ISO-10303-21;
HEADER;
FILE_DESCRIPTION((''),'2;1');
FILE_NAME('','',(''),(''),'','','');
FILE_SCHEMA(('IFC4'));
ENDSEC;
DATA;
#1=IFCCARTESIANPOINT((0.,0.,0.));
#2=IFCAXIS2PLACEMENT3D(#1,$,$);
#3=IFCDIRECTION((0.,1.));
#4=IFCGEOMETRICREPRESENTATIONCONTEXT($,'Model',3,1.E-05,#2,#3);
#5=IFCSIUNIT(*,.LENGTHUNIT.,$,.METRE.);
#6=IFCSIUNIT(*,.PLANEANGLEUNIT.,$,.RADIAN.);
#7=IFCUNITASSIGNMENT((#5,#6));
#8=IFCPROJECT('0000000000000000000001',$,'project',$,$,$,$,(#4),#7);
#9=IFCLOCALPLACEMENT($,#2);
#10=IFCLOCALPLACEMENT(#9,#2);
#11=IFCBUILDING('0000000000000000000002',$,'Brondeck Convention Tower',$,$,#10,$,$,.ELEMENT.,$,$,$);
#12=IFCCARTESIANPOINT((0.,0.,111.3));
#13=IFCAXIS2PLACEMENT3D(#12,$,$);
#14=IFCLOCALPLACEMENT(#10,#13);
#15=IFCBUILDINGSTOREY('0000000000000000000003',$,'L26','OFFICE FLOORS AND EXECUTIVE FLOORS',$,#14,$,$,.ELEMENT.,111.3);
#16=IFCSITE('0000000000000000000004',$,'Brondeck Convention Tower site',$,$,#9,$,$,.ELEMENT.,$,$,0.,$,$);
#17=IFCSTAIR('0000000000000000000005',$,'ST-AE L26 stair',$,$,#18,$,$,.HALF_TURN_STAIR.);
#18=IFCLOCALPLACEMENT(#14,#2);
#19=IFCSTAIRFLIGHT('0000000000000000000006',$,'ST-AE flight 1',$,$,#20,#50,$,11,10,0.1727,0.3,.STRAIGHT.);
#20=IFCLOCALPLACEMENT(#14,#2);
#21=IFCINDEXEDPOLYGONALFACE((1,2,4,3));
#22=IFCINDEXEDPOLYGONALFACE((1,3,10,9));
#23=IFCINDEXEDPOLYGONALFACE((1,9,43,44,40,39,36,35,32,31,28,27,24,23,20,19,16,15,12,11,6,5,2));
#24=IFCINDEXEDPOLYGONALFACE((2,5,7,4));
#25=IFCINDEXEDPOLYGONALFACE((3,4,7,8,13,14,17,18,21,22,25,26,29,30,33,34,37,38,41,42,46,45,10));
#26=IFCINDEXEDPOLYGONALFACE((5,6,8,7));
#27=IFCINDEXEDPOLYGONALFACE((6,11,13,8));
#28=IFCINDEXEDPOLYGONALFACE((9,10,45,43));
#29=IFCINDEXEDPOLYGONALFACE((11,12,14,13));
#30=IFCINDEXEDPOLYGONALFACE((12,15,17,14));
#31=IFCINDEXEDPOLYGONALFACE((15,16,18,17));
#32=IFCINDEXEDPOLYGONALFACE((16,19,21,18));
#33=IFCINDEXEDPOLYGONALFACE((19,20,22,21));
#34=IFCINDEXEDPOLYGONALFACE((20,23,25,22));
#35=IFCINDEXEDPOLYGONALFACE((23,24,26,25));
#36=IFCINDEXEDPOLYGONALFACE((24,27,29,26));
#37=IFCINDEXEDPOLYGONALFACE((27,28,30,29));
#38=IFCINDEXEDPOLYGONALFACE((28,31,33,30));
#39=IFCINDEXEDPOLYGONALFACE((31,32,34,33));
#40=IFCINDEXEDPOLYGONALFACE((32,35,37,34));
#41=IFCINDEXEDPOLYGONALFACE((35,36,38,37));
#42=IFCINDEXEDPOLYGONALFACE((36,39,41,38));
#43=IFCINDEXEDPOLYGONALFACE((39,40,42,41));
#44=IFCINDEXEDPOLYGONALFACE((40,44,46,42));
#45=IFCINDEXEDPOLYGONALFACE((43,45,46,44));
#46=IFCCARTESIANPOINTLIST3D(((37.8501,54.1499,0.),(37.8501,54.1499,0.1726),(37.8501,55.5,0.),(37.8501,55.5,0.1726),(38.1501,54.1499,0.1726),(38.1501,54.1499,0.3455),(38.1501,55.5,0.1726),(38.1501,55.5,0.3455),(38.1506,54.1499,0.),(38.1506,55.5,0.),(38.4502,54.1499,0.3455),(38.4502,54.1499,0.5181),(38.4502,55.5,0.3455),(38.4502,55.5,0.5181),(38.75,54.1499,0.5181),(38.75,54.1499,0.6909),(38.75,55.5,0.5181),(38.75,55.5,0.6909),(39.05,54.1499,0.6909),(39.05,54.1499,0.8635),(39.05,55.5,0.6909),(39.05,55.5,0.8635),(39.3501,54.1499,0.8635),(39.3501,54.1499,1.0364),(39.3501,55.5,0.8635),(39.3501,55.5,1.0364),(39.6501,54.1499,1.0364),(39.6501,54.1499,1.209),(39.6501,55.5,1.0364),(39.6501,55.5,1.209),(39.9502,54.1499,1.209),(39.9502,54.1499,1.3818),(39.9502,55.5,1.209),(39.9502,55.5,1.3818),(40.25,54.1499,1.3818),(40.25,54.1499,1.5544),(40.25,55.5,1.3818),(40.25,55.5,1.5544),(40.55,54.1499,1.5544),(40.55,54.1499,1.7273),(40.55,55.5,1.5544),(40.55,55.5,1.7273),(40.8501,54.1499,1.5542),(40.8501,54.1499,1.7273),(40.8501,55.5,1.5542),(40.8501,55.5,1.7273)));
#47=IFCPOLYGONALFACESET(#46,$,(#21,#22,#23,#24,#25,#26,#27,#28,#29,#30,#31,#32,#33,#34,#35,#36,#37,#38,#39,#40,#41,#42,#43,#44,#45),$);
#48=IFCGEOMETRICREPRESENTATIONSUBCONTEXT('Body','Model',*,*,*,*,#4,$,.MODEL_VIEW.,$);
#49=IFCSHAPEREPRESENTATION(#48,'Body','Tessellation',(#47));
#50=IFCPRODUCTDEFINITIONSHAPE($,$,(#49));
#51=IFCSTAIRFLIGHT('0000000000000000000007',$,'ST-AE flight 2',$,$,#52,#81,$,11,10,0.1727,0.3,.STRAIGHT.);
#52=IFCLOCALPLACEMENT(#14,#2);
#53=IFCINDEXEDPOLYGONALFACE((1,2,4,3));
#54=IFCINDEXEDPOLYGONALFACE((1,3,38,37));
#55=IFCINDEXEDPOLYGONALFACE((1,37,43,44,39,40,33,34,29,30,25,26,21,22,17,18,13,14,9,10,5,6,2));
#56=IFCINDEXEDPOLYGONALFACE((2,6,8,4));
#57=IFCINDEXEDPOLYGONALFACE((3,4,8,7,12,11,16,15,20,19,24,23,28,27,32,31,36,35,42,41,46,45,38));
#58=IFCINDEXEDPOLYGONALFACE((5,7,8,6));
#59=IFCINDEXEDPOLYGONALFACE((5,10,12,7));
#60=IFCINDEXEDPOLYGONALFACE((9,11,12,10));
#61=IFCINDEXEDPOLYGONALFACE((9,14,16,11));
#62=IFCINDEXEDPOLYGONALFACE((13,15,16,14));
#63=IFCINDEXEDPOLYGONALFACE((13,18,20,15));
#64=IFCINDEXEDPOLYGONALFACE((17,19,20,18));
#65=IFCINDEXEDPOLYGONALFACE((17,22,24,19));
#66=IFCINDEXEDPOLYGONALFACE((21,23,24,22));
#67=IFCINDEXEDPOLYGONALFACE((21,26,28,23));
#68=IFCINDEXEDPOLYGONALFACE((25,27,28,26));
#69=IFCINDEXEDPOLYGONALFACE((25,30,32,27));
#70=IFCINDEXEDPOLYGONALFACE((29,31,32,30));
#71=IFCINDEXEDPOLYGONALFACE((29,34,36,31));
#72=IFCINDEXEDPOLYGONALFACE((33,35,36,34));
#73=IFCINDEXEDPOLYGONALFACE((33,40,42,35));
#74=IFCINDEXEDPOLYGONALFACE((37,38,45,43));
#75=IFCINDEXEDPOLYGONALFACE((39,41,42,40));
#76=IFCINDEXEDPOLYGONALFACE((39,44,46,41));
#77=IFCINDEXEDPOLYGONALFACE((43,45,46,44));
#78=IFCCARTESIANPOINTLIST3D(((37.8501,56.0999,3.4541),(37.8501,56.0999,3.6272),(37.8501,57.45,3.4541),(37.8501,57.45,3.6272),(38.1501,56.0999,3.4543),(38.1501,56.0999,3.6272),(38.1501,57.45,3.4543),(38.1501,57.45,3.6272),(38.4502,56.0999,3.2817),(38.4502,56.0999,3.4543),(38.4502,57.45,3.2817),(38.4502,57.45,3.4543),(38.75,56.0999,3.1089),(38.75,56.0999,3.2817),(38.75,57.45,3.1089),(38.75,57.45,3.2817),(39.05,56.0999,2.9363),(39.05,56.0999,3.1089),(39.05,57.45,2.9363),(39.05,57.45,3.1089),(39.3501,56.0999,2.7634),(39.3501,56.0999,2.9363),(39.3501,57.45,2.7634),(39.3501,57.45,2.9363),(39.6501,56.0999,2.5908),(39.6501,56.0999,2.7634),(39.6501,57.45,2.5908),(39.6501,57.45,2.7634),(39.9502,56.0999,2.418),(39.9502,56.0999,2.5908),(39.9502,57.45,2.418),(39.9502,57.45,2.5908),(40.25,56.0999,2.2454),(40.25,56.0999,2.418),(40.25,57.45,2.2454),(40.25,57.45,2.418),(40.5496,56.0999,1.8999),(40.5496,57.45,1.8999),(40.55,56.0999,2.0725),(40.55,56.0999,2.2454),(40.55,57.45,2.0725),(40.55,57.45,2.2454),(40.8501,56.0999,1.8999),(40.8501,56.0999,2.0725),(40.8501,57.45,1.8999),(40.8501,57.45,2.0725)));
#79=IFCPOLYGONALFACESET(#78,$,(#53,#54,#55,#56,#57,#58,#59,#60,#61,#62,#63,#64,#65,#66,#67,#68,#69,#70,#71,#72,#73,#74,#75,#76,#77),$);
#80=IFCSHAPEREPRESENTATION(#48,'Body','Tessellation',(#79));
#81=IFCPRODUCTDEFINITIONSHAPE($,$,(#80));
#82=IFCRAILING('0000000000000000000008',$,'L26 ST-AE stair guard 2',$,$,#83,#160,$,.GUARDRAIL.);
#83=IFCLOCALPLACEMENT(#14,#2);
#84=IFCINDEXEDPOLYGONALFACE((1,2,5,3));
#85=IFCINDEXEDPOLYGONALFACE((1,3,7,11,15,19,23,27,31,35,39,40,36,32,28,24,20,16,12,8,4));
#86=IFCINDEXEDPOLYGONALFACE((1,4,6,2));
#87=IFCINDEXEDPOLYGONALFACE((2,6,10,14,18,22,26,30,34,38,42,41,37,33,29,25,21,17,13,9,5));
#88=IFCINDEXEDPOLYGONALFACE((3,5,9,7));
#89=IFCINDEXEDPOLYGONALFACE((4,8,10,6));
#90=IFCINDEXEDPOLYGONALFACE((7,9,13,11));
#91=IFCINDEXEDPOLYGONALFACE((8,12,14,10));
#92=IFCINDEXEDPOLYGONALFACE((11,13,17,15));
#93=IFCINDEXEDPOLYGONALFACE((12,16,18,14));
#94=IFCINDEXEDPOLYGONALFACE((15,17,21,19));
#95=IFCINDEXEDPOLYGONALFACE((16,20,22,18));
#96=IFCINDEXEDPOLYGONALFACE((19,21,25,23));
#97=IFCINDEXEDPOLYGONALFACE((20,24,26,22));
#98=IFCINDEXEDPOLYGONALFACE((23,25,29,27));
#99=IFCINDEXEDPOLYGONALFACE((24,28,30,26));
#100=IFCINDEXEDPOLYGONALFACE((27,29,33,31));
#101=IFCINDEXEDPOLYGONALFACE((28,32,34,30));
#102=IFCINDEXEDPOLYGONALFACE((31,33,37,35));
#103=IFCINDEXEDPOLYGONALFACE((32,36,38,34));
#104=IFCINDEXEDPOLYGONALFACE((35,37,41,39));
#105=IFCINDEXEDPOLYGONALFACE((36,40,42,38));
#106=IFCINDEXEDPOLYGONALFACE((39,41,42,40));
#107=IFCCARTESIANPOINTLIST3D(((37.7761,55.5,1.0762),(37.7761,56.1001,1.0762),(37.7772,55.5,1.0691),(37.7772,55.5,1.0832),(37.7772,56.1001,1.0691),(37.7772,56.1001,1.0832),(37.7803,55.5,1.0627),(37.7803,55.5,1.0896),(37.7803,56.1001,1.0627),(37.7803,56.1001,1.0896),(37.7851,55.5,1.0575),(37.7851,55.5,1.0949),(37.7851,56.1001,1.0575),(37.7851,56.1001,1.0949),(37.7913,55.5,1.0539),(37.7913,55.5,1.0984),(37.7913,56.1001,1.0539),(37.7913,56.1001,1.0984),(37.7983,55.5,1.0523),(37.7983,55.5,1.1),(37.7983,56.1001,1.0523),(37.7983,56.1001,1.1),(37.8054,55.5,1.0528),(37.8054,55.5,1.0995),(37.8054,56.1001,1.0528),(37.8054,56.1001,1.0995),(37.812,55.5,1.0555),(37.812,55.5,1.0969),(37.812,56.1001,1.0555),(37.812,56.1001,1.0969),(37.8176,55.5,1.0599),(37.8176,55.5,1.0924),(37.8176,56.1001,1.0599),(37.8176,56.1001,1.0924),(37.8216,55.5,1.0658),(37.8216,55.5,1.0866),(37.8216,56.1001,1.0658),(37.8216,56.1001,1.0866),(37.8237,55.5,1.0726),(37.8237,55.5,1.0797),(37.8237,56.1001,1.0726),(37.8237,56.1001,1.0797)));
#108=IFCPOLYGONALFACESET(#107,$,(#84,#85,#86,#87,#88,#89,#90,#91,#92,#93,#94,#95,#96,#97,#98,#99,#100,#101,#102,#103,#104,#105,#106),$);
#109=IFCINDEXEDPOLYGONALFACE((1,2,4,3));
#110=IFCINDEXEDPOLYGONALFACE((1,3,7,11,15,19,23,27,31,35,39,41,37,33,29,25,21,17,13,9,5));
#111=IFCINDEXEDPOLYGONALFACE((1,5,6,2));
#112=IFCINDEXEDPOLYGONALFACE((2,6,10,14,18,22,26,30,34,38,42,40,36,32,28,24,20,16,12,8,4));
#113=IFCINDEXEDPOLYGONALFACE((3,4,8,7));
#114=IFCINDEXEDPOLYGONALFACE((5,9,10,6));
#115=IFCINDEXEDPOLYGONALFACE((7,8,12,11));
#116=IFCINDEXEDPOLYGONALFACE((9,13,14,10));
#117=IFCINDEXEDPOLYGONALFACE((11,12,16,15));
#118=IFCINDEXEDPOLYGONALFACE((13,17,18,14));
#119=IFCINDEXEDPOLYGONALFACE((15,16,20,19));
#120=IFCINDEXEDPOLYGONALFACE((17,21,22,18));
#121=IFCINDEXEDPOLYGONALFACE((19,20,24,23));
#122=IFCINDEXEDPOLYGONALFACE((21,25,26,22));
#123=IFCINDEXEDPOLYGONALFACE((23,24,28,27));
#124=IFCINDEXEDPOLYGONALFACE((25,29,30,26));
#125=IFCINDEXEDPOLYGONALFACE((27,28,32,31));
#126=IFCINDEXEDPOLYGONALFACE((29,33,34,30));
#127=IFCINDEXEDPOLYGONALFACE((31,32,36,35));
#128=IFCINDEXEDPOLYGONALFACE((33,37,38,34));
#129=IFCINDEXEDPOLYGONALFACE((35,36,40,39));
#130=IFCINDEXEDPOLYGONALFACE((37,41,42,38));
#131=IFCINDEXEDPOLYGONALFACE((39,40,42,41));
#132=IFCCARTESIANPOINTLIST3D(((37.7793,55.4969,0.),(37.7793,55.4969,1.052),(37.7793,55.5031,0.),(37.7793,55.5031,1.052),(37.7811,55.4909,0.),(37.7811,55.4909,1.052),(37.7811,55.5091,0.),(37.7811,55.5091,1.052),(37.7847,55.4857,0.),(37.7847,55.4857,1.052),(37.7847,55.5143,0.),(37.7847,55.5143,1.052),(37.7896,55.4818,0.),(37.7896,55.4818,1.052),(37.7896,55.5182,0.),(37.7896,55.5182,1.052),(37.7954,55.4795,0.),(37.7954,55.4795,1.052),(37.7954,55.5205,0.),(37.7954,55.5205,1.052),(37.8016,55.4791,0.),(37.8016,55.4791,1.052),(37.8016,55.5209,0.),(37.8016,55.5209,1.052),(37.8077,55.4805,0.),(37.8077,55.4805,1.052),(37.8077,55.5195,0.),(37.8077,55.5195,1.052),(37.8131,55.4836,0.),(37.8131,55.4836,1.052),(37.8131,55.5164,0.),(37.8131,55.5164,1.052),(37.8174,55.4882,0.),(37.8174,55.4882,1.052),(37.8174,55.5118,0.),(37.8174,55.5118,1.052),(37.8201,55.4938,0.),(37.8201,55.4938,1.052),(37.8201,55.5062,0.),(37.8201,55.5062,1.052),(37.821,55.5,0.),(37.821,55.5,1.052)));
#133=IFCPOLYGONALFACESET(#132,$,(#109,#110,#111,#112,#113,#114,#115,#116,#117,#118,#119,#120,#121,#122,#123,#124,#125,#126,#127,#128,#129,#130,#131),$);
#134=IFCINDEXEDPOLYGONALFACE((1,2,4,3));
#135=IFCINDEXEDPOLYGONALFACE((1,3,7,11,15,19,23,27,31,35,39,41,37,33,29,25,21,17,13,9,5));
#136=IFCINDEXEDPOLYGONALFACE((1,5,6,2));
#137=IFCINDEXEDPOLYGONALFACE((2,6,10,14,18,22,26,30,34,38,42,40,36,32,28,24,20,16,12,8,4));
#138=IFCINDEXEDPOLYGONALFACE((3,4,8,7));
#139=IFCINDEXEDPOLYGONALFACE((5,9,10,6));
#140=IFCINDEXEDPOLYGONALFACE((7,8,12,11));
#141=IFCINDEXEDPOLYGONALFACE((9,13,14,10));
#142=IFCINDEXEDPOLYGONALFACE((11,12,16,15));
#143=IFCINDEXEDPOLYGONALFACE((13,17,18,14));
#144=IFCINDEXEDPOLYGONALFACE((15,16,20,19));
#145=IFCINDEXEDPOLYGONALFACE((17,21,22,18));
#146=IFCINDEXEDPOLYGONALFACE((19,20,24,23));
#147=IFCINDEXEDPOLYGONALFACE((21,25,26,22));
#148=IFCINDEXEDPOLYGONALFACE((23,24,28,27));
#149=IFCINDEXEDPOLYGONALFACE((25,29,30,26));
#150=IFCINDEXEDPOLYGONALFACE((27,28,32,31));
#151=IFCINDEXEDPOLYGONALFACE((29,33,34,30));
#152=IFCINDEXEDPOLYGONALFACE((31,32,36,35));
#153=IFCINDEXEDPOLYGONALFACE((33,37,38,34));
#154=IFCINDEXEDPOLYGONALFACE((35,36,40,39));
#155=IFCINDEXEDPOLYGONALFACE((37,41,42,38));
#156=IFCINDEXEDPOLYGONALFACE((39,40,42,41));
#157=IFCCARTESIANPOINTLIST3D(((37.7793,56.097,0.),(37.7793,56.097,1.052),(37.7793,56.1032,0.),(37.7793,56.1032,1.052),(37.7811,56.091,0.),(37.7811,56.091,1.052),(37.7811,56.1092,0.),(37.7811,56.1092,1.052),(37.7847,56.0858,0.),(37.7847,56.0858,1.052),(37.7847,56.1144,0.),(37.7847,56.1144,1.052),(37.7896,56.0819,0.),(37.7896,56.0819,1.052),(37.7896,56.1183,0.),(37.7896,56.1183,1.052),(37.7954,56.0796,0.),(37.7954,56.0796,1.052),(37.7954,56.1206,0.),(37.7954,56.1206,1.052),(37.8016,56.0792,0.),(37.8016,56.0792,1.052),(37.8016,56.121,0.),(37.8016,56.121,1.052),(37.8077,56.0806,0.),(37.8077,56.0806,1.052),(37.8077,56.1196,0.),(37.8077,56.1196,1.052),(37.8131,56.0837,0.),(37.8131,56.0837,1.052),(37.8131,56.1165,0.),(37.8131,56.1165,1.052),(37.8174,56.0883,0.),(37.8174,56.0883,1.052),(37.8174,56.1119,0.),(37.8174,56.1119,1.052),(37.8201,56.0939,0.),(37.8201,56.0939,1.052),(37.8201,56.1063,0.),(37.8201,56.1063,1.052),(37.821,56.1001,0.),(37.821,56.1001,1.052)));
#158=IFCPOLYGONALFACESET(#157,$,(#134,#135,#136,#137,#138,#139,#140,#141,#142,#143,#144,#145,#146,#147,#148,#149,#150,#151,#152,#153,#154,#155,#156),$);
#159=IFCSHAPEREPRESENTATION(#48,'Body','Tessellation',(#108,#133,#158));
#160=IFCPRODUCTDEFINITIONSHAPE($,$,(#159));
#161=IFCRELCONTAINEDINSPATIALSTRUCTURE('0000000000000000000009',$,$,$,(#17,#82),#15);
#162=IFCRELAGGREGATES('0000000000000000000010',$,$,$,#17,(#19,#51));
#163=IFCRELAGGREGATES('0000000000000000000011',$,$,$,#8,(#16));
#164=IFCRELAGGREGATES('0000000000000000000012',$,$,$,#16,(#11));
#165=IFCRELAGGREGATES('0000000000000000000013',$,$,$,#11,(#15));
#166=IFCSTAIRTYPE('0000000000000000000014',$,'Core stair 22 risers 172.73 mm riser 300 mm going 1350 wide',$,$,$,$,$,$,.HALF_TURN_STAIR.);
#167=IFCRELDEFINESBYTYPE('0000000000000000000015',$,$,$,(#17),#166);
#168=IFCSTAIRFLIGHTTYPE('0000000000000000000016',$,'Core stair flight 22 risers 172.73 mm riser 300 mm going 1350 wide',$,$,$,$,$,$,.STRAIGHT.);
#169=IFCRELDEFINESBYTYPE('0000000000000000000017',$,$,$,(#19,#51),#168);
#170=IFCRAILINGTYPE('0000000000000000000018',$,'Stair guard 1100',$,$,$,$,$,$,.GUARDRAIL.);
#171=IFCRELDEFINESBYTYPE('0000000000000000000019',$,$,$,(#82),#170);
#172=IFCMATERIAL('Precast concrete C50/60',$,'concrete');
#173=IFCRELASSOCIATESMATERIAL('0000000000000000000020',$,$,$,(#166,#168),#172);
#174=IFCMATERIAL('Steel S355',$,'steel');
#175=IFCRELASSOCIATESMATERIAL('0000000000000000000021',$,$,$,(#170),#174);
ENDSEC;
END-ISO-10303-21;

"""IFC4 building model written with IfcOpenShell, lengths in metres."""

from ifc_helpers import new_model, si_unit, direction, frame, origin, origin_2d, place, context, subcontext, project, spatial, polyline, circle, outline, extrude, material, type_object, element, aggregate, save


model = new_model("IFC4")

# Units and contexts
model_context = context("Model", 3, precision=1e-05, world=origin(), true_north=direction((0.0, 1.0)))
body_context = subcontext(model_context, "Body", "Model", "MODEL_VIEW")
ifc_project = project(units=[si_unit("LENGTHUNIT", "METRE"), si_unit("PLANEANGLEUNIT", "RADIAN")], contexts=[model_context])

# Site, building, storey
site_placement = place(None, origin())
site = spatial("IfcSite", under=ifc_project, at=site_placement, Name="Brondeck Convention Tower site", CompositionType="ELEMENT", RefElevation=0.0)
building_placement = place(site_placement, origin())
building = spatial("IfcBuilding", under=site, at=building_placement, Name="Brondeck Convention Tower", CompositionType="ELEMENT")
storey_placement = place(building_placement, frame((0.0, 0.0, 111.3)))
storey = spatial("IfcBuildingStorey", under=building, at=storey_placement, Name="L26", Description="OFFICE FLOORS AND EXECUTIVE FLOORS", CompositionType="ELEMENT", Elevation=111.3)

# Shared definitions
ifc_material_1 = material(Name="Steel S355", Category="steel")

# Stair, stair flights
ifc_material_2 = material(Name="Precast concrete C50/60", Category="concrete")
stair_type = type_object("IfcStairType", Name="Core stair 22 risers 172.73 mm riser 300 mm going 1350 wide", PredefinedType="HALF_TURN_STAIR", material=ifc_material_2)
stair_placement = place(storey_placement, origin())
stair = element("IfcStair", 1, at=stair_placement, inside=storey, type_object=stair_type, Name="ST-AE L26 stair", PredefinedType="HALF_TURN_STAIR")
stair_flight_type = type_object("IfcStairFlightType", Name="Core stair flight 22 risers 172.73 mm riser 300 mm going 1350 wide", PredefinedType="STRAIGHT", material=ifc_material_2)
stair_flight_1_placement = place(storey_placement, frame((37.8501, 54.825, 0.0), z_axis=(0.0, 0.0, 1.0), x_axis=(1.0, 0.0, 0.0)))
stair_flight_1 = element("IfcStairFlight", 2, at=stair_flight_1_placement, type_object=stair_flight_type, Name="ST-AE flight 1", NumberOfRisers=11, NumberOfTreads=10, PredefinedType="STRAIGHT", RiserHeight=0.1727, TreadLength=0.3, context=body_context, shape_type="SweptSolid", body=[
    extrude(outline(polyline([(0.0, 0.0), (0.0, 0.1726), (0.3, 0.1726), (0.3, 0.3455), (0.6001, 0.3455), (0.6001, 0.5181), (0.8999, 0.5181), (0.8999, 0.6909), (1.2, 0.6909), (1.2, 0.8635), (1.5, 0.8635), (1.5, 1.0364), (1.8, 1.0364), (1.8, 1.209), (2.1001, 1.209), (2.1001, 1.3818), (2.3999, 1.3818), (2.3999, 1.5544), (2.7, 1.5544), (2.7, 1.7273), (3.0, 1.7273), (3.0, 1.8999), (3.0, 1.5542), (0.3005, 0.0), (0.0, 0.0)])), frame((0.0, 0.675, 0.0), z_axis=(0.0, -1.0, 0.0), x_axis=(1.0, 0.0, 0.0)), (0.0, 0.0, 1.0), 1.3501),
])
stair_flight_2_placement = place(storey_placement, frame((40.8501, 56.7749, 1.8999), z_axis=(0.0, 0.0, 1.0), x_axis=(-1.0, 0.0, 0.0)))
stair_flight_2 = element("IfcStairFlight", 3, at=stair_flight_2_placement, type_object=stair_flight_type, Name="ST-AE flight 2", NumberOfRisers=11, NumberOfTreads=10, PredefinedType="STRAIGHT", RiserHeight=0.1727, TreadLength=0.3, context=body_context, shape_type="SweptSolid", body=[
    extrude(outline(polyline([(0.0, 0.0), (0.0, 0.1726), (0.3, 0.1726), (0.3, 0.3455), (0.6001, 0.3455), (0.6001, 0.5181), (0.8999, 0.5181), (0.8999, 0.6909), (1.2, 0.6909), (1.2, 0.8635), (1.5, 0.8635), (1.5, 1.0364), (1.8, 1.0364), (1.8, 1.209), (2.1001, 1.209), (2.1001, 1.3818), (2.3999, 1.3818), (2.3999, 1.5544), (2.7, 1.5544), (2.7, 1.7273), (3.0, 1.7273), (3.0, 1.8999), (3.0, 1.5542), (0.3005, 0.0), (0.0, 0.0)])), frame((0.0, 0.675, 0.0), z_axis=(0.0, -1.0, 0.0), x_axis=(1.0, 0.0, 0.0)), (0.0, 0.0, 1.0), 1.3501),
])
aggregate(stair, [stair_flight_1, stair_flight_2])

# Railing
railing_type_1 = type_object("IfcRailingType", Name="Stair guard 1100", PredefinedType="GUARDRAIL", material=ifc_material_1)
railing_1_placement = place(storey_placement, frame((37.8, 55.5, 0.0)))
element("IfcRailing", 4, at=railing_1_placement, inside=storey, type_object=railing_type_1, Name="L26 ST-AE stair guard 2", PredefinedType="GUARDRAIL", context=body_context, shape_type="SweptSolid", body=[
    extrude(circle(Radius=0.0239, at=origin_2d()), frame((0.0, 0.0, 1.0762), z_axis=(0.0, 1.0, 0.0), x_axis=(-1.0, 0.0, 0.0)), (0.0, 0.0, 1.0), 0.6001),
    extrude(circle(Radius=0.021, at=origin_2d()), origin(), (0.0, 0.0, 1.0), 1.052),
    extrude(circle(Radius=0.021, at=origin_2d()), frame((0.0, 0.6001, 0.0)), (0.0, 0.0, 1.0), 1.052),
])

save(model, "model.ifc")
